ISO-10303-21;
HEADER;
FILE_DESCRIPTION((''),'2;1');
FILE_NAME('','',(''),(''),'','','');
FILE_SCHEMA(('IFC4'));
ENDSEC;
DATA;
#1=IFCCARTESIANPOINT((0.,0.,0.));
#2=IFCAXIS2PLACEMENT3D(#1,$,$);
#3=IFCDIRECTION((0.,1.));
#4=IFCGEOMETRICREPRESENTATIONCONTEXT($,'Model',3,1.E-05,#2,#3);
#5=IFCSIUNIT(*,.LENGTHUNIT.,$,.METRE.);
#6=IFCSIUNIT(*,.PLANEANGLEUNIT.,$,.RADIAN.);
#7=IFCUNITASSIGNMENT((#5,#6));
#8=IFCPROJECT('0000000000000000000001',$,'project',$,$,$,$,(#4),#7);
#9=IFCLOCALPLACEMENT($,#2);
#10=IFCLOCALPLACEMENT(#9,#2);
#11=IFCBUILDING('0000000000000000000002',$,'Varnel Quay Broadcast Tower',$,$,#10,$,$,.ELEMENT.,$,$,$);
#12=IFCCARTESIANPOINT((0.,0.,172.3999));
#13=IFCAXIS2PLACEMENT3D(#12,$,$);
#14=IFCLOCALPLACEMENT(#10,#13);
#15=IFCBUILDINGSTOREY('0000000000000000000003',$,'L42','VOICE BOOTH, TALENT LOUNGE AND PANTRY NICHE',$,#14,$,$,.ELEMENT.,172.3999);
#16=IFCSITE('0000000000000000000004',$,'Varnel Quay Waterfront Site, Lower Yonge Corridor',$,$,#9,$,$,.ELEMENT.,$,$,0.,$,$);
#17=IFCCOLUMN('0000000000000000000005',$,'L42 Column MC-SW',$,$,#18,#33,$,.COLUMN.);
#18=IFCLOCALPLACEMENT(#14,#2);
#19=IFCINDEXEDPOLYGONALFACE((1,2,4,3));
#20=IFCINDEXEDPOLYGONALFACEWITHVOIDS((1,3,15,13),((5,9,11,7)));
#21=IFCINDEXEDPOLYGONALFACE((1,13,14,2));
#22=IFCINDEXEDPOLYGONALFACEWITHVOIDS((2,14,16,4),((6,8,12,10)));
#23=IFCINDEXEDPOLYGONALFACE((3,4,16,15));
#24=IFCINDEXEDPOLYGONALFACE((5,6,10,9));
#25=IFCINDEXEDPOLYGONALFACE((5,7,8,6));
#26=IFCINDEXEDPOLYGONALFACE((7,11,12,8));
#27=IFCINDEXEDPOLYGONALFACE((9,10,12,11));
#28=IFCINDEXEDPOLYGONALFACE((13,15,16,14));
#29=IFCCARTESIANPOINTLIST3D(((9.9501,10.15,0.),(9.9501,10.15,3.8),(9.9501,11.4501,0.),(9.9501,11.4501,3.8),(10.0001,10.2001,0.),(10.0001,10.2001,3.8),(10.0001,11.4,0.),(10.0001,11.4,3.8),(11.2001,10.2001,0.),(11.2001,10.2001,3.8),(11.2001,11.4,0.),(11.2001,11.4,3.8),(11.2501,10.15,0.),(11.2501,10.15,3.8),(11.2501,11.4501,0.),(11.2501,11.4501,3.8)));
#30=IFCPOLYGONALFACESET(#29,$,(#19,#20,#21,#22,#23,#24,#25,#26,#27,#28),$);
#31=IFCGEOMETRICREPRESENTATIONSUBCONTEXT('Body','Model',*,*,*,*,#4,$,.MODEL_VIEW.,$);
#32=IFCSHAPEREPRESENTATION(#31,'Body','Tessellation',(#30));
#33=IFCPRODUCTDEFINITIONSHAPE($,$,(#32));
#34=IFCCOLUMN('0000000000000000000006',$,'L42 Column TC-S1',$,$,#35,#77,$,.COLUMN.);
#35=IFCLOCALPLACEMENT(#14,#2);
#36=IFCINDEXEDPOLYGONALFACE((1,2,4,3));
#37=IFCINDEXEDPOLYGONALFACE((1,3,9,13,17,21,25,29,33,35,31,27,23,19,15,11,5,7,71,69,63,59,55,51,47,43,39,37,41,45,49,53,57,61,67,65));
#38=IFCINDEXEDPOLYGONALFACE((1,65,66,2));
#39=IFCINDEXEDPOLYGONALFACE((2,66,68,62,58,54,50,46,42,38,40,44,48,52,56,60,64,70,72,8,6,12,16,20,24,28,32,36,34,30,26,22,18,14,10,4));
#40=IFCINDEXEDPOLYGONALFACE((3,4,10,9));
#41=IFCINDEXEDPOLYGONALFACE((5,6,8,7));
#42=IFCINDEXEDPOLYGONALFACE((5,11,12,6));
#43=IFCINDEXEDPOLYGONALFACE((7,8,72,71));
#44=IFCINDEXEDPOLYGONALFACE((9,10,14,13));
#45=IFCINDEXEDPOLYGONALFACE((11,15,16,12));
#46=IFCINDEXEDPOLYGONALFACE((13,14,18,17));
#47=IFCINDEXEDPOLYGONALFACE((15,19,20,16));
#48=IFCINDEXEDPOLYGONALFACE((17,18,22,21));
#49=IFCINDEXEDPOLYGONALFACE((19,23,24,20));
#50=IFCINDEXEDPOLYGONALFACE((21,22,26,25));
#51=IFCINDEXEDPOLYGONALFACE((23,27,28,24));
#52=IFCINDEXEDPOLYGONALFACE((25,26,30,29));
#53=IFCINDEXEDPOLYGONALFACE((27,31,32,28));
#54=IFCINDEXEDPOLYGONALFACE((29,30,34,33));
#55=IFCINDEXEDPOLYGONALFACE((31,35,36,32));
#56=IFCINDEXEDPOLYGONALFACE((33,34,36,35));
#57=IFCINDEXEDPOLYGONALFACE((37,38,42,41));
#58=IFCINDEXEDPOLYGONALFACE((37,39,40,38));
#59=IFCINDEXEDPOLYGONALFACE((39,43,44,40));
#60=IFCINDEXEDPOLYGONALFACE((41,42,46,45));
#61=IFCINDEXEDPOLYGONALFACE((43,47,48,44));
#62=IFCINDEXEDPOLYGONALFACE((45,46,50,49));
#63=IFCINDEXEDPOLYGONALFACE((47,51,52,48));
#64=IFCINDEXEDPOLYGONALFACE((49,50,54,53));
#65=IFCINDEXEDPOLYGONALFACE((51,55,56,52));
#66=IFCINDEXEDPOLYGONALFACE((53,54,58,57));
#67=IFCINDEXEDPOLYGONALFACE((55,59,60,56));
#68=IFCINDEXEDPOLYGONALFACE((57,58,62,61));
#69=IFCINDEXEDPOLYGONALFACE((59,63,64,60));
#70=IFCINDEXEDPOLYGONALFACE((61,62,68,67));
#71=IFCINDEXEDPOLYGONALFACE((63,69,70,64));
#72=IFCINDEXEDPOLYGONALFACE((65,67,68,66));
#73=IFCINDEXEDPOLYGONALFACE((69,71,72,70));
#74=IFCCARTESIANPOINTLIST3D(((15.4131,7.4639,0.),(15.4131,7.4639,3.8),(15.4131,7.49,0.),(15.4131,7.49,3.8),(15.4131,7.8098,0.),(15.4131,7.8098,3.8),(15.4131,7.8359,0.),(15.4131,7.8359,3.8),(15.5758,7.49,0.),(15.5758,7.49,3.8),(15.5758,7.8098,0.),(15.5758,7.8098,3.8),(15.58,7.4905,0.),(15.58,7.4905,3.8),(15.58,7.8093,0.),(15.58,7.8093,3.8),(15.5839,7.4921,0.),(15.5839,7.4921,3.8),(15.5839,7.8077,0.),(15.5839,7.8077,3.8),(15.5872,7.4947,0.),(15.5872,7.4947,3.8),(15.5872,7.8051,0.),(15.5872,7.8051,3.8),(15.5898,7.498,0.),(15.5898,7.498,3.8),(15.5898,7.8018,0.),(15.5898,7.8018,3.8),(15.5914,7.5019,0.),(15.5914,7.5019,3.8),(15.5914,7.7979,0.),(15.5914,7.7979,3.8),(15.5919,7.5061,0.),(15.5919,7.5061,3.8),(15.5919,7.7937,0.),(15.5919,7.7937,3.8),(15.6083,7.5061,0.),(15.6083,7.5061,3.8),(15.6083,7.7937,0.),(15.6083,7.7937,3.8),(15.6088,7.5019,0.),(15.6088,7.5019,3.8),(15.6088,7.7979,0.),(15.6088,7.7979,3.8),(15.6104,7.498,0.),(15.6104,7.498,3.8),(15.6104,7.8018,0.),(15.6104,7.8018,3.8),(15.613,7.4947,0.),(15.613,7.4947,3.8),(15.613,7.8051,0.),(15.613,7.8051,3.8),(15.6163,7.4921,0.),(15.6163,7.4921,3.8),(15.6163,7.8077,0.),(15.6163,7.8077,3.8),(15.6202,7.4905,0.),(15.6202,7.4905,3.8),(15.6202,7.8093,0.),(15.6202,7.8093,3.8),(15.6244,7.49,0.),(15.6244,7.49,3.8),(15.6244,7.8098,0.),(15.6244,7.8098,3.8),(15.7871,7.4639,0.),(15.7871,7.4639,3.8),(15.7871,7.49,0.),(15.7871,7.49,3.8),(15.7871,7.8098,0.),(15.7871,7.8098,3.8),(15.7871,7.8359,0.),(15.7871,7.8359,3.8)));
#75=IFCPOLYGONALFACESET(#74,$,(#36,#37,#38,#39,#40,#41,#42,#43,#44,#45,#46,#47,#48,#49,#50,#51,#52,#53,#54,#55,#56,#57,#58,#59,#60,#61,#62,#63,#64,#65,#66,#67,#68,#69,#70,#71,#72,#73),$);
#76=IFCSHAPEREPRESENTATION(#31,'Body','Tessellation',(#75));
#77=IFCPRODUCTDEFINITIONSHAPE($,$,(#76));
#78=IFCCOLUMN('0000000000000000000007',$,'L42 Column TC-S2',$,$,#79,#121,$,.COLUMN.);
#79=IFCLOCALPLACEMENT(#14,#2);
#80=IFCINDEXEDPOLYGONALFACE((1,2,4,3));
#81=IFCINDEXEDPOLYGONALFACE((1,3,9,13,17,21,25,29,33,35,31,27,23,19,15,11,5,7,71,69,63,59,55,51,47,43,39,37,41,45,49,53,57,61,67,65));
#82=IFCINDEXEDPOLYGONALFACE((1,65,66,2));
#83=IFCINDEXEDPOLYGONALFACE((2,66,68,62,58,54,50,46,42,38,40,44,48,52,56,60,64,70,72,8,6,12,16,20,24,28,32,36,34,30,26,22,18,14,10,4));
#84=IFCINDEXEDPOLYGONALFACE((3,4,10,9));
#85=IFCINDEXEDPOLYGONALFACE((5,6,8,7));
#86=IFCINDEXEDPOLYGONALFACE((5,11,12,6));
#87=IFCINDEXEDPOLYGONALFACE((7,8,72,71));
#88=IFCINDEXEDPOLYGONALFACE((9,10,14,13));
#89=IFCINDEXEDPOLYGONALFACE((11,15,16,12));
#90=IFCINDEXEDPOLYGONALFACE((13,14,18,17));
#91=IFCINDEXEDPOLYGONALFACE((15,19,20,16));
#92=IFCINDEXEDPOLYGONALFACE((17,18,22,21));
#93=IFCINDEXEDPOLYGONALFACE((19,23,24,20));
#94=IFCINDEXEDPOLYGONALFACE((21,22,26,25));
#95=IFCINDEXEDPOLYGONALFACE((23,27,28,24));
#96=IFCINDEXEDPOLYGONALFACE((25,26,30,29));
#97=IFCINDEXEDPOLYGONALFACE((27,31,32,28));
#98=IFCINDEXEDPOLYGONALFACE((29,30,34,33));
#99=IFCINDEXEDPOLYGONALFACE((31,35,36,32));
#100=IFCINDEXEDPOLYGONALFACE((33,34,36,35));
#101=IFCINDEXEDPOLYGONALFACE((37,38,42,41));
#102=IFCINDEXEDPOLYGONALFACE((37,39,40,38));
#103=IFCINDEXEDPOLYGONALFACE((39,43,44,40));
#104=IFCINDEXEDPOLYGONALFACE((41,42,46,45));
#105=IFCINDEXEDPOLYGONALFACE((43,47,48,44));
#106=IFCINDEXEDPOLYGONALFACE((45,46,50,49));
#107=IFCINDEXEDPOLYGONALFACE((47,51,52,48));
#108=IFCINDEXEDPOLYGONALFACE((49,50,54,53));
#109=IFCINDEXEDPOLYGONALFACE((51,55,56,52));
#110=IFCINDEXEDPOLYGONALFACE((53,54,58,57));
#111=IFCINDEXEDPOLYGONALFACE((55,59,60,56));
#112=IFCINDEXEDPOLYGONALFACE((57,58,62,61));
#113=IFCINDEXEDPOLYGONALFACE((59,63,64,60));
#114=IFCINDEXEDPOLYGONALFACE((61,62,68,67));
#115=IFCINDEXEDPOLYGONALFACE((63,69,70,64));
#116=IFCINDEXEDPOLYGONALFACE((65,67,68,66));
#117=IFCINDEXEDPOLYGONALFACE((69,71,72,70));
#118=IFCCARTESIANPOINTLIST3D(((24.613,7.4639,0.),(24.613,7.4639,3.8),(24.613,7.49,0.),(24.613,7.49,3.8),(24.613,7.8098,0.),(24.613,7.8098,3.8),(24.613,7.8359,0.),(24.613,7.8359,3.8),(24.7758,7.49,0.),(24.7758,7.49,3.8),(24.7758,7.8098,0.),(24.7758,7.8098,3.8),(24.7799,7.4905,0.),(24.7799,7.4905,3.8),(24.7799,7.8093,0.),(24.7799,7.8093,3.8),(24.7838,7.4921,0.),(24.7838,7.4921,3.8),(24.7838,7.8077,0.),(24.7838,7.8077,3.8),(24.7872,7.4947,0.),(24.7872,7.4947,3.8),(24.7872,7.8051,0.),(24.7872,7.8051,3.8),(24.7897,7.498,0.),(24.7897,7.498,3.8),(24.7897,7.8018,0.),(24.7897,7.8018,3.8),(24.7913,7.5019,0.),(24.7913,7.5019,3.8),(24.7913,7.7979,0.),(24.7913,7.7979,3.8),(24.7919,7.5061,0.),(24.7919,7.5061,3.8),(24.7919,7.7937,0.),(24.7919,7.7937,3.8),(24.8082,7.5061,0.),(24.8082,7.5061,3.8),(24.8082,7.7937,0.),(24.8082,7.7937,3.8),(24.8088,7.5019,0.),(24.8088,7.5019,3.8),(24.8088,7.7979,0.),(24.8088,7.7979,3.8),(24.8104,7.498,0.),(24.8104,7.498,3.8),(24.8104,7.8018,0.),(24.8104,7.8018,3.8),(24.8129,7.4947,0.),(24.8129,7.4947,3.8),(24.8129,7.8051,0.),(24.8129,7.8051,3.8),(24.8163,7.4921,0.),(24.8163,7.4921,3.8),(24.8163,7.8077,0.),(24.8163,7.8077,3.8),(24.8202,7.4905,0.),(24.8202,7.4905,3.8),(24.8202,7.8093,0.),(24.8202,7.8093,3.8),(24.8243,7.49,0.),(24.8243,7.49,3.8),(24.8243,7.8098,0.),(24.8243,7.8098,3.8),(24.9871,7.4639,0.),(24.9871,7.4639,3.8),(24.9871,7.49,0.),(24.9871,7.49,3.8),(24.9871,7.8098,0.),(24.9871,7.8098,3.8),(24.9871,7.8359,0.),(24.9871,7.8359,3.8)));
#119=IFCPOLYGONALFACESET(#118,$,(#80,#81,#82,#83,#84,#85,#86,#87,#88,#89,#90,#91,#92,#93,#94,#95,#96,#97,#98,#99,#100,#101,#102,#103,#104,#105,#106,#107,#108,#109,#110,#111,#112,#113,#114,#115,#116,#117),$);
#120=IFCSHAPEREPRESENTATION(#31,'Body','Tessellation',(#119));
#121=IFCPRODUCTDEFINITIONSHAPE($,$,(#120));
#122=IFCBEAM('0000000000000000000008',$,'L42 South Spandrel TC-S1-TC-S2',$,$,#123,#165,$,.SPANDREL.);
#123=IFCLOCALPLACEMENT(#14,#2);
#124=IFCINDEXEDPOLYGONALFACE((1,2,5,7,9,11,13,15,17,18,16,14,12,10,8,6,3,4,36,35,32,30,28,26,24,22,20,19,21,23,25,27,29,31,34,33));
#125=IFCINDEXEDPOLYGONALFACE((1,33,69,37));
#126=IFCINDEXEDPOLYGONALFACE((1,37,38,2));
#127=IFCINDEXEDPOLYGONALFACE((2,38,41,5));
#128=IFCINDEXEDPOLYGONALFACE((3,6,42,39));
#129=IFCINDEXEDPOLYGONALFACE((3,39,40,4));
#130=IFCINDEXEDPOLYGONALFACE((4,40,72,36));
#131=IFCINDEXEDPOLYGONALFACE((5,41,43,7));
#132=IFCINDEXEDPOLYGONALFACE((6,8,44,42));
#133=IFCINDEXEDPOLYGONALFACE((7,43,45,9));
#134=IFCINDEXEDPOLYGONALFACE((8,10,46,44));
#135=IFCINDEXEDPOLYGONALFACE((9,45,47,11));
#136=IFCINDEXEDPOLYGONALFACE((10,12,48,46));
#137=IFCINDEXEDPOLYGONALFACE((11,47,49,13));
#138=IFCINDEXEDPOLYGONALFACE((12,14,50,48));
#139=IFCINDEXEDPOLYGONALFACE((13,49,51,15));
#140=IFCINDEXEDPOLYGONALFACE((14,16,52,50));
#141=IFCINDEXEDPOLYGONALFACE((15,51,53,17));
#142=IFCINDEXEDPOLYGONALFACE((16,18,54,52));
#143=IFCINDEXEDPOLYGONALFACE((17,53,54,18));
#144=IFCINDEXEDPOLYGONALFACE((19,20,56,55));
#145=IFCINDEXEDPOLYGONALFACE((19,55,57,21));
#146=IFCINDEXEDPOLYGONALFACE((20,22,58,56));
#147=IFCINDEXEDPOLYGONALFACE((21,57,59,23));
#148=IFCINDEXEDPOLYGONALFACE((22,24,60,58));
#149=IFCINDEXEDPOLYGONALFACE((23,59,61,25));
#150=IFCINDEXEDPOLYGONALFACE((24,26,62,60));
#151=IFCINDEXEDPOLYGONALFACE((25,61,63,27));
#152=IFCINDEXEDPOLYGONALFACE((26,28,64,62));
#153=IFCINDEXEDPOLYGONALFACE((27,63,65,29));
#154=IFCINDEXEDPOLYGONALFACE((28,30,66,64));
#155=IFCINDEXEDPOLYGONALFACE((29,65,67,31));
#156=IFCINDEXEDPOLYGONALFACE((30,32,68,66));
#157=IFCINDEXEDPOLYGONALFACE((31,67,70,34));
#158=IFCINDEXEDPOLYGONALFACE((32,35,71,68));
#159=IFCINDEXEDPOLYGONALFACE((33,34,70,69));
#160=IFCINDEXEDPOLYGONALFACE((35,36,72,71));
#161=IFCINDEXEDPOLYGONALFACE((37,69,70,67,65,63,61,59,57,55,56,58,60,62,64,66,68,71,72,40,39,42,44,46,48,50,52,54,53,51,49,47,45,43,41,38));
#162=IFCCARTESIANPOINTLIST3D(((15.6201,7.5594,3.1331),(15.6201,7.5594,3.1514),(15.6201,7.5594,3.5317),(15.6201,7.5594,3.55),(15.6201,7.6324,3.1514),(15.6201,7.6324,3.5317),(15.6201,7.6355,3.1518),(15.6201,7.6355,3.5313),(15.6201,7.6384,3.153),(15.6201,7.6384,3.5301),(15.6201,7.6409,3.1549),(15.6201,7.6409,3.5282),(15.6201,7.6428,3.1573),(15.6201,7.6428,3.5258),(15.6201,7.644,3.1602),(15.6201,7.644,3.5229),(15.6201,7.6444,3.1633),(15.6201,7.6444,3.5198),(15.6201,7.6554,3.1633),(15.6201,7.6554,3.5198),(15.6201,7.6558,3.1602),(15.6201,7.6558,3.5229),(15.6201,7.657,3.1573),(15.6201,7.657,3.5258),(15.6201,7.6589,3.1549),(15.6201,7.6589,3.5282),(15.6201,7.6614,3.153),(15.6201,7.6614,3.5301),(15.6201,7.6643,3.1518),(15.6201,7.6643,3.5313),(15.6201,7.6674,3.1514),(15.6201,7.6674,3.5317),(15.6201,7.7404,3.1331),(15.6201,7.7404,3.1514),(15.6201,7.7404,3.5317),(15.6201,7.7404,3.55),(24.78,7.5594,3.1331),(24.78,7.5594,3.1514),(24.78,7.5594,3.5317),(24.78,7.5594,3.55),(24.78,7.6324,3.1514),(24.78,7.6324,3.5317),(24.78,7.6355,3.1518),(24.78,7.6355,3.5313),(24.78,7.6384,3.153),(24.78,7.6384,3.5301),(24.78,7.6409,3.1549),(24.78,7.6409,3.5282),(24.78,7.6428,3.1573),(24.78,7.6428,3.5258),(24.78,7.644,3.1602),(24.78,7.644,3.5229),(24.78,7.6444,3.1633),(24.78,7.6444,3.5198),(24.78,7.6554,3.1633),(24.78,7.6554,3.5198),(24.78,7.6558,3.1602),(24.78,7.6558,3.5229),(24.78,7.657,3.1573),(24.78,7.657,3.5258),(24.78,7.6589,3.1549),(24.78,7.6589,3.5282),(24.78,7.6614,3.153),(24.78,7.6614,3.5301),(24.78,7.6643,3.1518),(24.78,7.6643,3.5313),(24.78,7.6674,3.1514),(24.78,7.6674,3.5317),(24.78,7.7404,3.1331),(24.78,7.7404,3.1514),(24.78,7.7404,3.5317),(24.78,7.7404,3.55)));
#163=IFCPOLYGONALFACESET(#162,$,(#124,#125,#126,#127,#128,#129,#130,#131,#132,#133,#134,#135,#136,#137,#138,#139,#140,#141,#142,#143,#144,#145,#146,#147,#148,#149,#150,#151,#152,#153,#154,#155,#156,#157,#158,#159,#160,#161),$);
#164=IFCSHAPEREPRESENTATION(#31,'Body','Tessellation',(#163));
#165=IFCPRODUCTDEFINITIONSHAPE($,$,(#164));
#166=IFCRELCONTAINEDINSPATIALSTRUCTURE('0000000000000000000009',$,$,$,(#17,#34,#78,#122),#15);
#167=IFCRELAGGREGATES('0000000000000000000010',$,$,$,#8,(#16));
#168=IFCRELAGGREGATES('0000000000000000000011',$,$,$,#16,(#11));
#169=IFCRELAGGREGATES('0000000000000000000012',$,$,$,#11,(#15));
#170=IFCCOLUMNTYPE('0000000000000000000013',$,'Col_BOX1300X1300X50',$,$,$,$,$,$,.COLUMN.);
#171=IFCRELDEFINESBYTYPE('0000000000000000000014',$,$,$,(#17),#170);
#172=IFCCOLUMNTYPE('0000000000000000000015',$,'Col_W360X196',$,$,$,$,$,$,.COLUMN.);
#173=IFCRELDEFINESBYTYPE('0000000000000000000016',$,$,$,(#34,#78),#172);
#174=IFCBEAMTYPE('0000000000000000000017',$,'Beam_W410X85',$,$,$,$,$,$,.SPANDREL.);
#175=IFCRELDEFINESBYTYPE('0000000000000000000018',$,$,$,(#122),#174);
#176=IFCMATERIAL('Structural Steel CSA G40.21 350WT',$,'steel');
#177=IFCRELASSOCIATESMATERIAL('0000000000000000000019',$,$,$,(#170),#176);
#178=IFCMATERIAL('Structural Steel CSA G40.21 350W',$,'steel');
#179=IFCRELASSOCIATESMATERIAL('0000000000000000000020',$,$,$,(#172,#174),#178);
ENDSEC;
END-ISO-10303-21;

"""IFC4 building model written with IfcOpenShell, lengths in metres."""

from ifc_helpers import new_model, si_unit, direction, frame, origin, origin_2d, place, context, subcontext, project, spatial, hollow_rectangle, i_section, extrude, source, transform, mapped, material, material_profile, profile_set, type_object, type_shapes, element, save


model = new_model("IFC4")

# Units and contexts
model_context = context("Model", 3, precision=1e-05, world=origin(), true_north=direction((0.0, 1.0)))
body_context = subcontext(model_context, "Body", "Model", "MODEL_VIEW")
ifc_project = project(units=[si_unit("LENGTHUNIT", "METRE"), si_unit("PLANEANGLEUNIT", "RADIAN")], contexts=[model_context])

# Site, building, storey
site_placement = place(None, origin())
site = spatial("IfcSite", under=ifc_project, at=site_placement, Name="Varnel Quay Waterfront Site, Lower Yonge Corridor", CompositionType="ELEMENT", RefElevation=0.0)
building_placement = place(site_placement, origin())
building = spatial("IfcBuilding", under=site, at=building_placement, Name="Varnel Quay Broadcast Tower", CompositionType="ELEMENT")
storey_placement = place(building_placement, frame((0.0, 0.0, 172.3999)))
storey = spatial("IfcBuildingStorey", under=building, at=storey_placement, Name="L42", Description="VOICE BOOTH, TALENT LOUNGE AND PANTRY NICHE", CompositionType="ELEMENT", Elevation=172.3999)

# Columns
ifc_material_1 = material(Name="Structural Steel CSA G40.21 350WT", Category="steel")
ifc_material_profile_1 = material_profile(ifc_material_1, hollow_rectangle(XDim=1.3, YDim=1.3, WallThickness=0.05, at=origin_2d()), Name="BOX1300X1300X50")
ifc_profile_set_1 = profile_set([ifc_material_profile_1], Name="Structural Steel CSA G40.21 350WT")
column_type_1 = type_object("IfcColumnType", Name="Col_BOX1300X1300X50", PredefinedType="COLUMN", material=ifc_profile_set_1)
shared_shape_1 = source(origin(), body_context, "Body", "SweptSolid", [
    extrude(hollow_rectangle(XDim=1.3, YDim=1.3, WallThickness=0.05, at=origin_2d()), origin(), (0.0, 0.0, 1.0), 3.8),
])
type_shapes(column_type_1, [shared_shape_1])
column_placement = place(storey_placement, frame((10.6001, 10.8, 0.0), z_axis=(0.0, 0.0, 1.0), x_axis=(1.0, 0.0, 0.0)))
element("IfcColumn", 1, at=column_placement, inside=storey, type_object=column_type_1, Name="L42 Column MC-SW", PredefinedType="COLUMN", context=body_context, shape_type="MappedRepresentation", body=[
    mapped(shared_shape_1, transform((0.0, 0.0, 0.0), x_axis=(1.0, 0.0, 0.0), y_axis=(0.0, 1.0, 0.0), z_axis=(0.0, 0.0, 1.0), scale=1.0)),
])
ifc_material_2 = material(Name="Structural Steel CSA G40.21 350W", Category="steel")
ifc_material_profile_2 = material_profile(ifc_material_2, i_section(OverallWidth=0.374, OverallDepth=0.3721, WebThickness=0.0164, FlangeThickness=0.0261, FilletRadius=0.0161, at=origin_2d()), Name="W360X196")
ifc_profile_set_2 = profile_set([ifc_material_profile_2], Name="Structural Steel CSA G40.21 350W")
column_type_2 = type_object("IfcColumnType", Name="Col_W360X196", PredefinedType="COLUMN", material=ifc_profile_set_2)
shared_shape_2 = source(origin(), body_context, "Body", "SweptSolid", [
    extrude(i_section(OverallWidth=0.374, OverallDepth=0.3721, WebThickness=0.0164, FlangeThickness=0.0261, FilletRadius=0.0161, at=origin_2d()), origin(), (0.0, 0.0, 1.0), 3.8),
])
type_shapes(column_type_2, [shared_shape_2])
for number, where, z_axis, x_axis, name in (
    (2, (15.6001, 7.6499, 0.0), (0.0, 0.0, 1.0), (1.0, 0.0, 0.0), "L42 Column TC-S1"),
    (3, (24.8, 7.6499, 0.0), (0.0, 0.0, 1.0), (1.0, 0.0, 0.0), "L42 Column TC-S2"),
):
    element("IfcColumn", number, at=place(storey_placement, frame(where, z_axis=z_axis, x_axis=x_axis)), inside=storey, type_object=column_type_2, Name=name, PredefinedType="COLUMN", context=body_context, shape_type="MappedRepresentation", body=[
        mapped(shared_shape_2, transform((0.0, 0.0, 0.0), x_axis=(1.0, 0.0, 0.0), y_axis=(0.0, 1.0, 0.0), z_axis=(0.0, 0.0, 1.0), scale=1.0)),
    ])

# Beam
ifc_material_profile_3 = material_profile(ifc_material_2, i_section(OverallWidth=0.1809, OverallDepth=0.417, WebThickness=0.011, FlangeThickness=0.0183, FilletRadius=0.012, at=origin_2d()), Name="W410X85")
ifc_profile_set_3 = profile_set([ifc_material_profile_3], Name="Structural Steel CSA G40.21 350W")
beam_type_1 = type_object("IfcBeamType", Name="Beam_W410X85", PredefinedType="SPANDREL", material=ifc_profile_set_3)
shared_shape_3 = source(origin(), body_context, "Body", "SweptSolid", [
    extrude(i_section(OverallWidth=0.1809, OverallDepth=0.417, WebThickness=0.011, FlangeThickness=0.0183, FilletRadius=0.012, at=origin_2d()), origin(), (0.0, 0.0, 1.0), 9.1599),
])
for number, where, z_axis, x_axis, name in (
    (4, (15.6201, 7.6499, 3.3416), (1.0, 0.0, 0.0), (0.0, 1.0, 0.0), "L42 South Spandrel TC-S1-TC-S2"),
):
    element("IfcBeam", number, at=place(storey_placement, frame(where, z_axis=z_axis, x_axis=x_axis)), inside=storey, type_object=beam_type_1, Name=name, PredefinedType="SPANDREL", context=body_context, shape_type="MappedRepresentation", body=[
        mapped(shared_shape_3, transform((0.0, 0.0, 0.0), x_axis=(1.0, 0.0, 0.0), y_axis=(0.0, 1.0, 0.0), z_axis=(0.0, 0.0, 1.0), scale=1.0)),
    ])

save(model, "model.ifc")
